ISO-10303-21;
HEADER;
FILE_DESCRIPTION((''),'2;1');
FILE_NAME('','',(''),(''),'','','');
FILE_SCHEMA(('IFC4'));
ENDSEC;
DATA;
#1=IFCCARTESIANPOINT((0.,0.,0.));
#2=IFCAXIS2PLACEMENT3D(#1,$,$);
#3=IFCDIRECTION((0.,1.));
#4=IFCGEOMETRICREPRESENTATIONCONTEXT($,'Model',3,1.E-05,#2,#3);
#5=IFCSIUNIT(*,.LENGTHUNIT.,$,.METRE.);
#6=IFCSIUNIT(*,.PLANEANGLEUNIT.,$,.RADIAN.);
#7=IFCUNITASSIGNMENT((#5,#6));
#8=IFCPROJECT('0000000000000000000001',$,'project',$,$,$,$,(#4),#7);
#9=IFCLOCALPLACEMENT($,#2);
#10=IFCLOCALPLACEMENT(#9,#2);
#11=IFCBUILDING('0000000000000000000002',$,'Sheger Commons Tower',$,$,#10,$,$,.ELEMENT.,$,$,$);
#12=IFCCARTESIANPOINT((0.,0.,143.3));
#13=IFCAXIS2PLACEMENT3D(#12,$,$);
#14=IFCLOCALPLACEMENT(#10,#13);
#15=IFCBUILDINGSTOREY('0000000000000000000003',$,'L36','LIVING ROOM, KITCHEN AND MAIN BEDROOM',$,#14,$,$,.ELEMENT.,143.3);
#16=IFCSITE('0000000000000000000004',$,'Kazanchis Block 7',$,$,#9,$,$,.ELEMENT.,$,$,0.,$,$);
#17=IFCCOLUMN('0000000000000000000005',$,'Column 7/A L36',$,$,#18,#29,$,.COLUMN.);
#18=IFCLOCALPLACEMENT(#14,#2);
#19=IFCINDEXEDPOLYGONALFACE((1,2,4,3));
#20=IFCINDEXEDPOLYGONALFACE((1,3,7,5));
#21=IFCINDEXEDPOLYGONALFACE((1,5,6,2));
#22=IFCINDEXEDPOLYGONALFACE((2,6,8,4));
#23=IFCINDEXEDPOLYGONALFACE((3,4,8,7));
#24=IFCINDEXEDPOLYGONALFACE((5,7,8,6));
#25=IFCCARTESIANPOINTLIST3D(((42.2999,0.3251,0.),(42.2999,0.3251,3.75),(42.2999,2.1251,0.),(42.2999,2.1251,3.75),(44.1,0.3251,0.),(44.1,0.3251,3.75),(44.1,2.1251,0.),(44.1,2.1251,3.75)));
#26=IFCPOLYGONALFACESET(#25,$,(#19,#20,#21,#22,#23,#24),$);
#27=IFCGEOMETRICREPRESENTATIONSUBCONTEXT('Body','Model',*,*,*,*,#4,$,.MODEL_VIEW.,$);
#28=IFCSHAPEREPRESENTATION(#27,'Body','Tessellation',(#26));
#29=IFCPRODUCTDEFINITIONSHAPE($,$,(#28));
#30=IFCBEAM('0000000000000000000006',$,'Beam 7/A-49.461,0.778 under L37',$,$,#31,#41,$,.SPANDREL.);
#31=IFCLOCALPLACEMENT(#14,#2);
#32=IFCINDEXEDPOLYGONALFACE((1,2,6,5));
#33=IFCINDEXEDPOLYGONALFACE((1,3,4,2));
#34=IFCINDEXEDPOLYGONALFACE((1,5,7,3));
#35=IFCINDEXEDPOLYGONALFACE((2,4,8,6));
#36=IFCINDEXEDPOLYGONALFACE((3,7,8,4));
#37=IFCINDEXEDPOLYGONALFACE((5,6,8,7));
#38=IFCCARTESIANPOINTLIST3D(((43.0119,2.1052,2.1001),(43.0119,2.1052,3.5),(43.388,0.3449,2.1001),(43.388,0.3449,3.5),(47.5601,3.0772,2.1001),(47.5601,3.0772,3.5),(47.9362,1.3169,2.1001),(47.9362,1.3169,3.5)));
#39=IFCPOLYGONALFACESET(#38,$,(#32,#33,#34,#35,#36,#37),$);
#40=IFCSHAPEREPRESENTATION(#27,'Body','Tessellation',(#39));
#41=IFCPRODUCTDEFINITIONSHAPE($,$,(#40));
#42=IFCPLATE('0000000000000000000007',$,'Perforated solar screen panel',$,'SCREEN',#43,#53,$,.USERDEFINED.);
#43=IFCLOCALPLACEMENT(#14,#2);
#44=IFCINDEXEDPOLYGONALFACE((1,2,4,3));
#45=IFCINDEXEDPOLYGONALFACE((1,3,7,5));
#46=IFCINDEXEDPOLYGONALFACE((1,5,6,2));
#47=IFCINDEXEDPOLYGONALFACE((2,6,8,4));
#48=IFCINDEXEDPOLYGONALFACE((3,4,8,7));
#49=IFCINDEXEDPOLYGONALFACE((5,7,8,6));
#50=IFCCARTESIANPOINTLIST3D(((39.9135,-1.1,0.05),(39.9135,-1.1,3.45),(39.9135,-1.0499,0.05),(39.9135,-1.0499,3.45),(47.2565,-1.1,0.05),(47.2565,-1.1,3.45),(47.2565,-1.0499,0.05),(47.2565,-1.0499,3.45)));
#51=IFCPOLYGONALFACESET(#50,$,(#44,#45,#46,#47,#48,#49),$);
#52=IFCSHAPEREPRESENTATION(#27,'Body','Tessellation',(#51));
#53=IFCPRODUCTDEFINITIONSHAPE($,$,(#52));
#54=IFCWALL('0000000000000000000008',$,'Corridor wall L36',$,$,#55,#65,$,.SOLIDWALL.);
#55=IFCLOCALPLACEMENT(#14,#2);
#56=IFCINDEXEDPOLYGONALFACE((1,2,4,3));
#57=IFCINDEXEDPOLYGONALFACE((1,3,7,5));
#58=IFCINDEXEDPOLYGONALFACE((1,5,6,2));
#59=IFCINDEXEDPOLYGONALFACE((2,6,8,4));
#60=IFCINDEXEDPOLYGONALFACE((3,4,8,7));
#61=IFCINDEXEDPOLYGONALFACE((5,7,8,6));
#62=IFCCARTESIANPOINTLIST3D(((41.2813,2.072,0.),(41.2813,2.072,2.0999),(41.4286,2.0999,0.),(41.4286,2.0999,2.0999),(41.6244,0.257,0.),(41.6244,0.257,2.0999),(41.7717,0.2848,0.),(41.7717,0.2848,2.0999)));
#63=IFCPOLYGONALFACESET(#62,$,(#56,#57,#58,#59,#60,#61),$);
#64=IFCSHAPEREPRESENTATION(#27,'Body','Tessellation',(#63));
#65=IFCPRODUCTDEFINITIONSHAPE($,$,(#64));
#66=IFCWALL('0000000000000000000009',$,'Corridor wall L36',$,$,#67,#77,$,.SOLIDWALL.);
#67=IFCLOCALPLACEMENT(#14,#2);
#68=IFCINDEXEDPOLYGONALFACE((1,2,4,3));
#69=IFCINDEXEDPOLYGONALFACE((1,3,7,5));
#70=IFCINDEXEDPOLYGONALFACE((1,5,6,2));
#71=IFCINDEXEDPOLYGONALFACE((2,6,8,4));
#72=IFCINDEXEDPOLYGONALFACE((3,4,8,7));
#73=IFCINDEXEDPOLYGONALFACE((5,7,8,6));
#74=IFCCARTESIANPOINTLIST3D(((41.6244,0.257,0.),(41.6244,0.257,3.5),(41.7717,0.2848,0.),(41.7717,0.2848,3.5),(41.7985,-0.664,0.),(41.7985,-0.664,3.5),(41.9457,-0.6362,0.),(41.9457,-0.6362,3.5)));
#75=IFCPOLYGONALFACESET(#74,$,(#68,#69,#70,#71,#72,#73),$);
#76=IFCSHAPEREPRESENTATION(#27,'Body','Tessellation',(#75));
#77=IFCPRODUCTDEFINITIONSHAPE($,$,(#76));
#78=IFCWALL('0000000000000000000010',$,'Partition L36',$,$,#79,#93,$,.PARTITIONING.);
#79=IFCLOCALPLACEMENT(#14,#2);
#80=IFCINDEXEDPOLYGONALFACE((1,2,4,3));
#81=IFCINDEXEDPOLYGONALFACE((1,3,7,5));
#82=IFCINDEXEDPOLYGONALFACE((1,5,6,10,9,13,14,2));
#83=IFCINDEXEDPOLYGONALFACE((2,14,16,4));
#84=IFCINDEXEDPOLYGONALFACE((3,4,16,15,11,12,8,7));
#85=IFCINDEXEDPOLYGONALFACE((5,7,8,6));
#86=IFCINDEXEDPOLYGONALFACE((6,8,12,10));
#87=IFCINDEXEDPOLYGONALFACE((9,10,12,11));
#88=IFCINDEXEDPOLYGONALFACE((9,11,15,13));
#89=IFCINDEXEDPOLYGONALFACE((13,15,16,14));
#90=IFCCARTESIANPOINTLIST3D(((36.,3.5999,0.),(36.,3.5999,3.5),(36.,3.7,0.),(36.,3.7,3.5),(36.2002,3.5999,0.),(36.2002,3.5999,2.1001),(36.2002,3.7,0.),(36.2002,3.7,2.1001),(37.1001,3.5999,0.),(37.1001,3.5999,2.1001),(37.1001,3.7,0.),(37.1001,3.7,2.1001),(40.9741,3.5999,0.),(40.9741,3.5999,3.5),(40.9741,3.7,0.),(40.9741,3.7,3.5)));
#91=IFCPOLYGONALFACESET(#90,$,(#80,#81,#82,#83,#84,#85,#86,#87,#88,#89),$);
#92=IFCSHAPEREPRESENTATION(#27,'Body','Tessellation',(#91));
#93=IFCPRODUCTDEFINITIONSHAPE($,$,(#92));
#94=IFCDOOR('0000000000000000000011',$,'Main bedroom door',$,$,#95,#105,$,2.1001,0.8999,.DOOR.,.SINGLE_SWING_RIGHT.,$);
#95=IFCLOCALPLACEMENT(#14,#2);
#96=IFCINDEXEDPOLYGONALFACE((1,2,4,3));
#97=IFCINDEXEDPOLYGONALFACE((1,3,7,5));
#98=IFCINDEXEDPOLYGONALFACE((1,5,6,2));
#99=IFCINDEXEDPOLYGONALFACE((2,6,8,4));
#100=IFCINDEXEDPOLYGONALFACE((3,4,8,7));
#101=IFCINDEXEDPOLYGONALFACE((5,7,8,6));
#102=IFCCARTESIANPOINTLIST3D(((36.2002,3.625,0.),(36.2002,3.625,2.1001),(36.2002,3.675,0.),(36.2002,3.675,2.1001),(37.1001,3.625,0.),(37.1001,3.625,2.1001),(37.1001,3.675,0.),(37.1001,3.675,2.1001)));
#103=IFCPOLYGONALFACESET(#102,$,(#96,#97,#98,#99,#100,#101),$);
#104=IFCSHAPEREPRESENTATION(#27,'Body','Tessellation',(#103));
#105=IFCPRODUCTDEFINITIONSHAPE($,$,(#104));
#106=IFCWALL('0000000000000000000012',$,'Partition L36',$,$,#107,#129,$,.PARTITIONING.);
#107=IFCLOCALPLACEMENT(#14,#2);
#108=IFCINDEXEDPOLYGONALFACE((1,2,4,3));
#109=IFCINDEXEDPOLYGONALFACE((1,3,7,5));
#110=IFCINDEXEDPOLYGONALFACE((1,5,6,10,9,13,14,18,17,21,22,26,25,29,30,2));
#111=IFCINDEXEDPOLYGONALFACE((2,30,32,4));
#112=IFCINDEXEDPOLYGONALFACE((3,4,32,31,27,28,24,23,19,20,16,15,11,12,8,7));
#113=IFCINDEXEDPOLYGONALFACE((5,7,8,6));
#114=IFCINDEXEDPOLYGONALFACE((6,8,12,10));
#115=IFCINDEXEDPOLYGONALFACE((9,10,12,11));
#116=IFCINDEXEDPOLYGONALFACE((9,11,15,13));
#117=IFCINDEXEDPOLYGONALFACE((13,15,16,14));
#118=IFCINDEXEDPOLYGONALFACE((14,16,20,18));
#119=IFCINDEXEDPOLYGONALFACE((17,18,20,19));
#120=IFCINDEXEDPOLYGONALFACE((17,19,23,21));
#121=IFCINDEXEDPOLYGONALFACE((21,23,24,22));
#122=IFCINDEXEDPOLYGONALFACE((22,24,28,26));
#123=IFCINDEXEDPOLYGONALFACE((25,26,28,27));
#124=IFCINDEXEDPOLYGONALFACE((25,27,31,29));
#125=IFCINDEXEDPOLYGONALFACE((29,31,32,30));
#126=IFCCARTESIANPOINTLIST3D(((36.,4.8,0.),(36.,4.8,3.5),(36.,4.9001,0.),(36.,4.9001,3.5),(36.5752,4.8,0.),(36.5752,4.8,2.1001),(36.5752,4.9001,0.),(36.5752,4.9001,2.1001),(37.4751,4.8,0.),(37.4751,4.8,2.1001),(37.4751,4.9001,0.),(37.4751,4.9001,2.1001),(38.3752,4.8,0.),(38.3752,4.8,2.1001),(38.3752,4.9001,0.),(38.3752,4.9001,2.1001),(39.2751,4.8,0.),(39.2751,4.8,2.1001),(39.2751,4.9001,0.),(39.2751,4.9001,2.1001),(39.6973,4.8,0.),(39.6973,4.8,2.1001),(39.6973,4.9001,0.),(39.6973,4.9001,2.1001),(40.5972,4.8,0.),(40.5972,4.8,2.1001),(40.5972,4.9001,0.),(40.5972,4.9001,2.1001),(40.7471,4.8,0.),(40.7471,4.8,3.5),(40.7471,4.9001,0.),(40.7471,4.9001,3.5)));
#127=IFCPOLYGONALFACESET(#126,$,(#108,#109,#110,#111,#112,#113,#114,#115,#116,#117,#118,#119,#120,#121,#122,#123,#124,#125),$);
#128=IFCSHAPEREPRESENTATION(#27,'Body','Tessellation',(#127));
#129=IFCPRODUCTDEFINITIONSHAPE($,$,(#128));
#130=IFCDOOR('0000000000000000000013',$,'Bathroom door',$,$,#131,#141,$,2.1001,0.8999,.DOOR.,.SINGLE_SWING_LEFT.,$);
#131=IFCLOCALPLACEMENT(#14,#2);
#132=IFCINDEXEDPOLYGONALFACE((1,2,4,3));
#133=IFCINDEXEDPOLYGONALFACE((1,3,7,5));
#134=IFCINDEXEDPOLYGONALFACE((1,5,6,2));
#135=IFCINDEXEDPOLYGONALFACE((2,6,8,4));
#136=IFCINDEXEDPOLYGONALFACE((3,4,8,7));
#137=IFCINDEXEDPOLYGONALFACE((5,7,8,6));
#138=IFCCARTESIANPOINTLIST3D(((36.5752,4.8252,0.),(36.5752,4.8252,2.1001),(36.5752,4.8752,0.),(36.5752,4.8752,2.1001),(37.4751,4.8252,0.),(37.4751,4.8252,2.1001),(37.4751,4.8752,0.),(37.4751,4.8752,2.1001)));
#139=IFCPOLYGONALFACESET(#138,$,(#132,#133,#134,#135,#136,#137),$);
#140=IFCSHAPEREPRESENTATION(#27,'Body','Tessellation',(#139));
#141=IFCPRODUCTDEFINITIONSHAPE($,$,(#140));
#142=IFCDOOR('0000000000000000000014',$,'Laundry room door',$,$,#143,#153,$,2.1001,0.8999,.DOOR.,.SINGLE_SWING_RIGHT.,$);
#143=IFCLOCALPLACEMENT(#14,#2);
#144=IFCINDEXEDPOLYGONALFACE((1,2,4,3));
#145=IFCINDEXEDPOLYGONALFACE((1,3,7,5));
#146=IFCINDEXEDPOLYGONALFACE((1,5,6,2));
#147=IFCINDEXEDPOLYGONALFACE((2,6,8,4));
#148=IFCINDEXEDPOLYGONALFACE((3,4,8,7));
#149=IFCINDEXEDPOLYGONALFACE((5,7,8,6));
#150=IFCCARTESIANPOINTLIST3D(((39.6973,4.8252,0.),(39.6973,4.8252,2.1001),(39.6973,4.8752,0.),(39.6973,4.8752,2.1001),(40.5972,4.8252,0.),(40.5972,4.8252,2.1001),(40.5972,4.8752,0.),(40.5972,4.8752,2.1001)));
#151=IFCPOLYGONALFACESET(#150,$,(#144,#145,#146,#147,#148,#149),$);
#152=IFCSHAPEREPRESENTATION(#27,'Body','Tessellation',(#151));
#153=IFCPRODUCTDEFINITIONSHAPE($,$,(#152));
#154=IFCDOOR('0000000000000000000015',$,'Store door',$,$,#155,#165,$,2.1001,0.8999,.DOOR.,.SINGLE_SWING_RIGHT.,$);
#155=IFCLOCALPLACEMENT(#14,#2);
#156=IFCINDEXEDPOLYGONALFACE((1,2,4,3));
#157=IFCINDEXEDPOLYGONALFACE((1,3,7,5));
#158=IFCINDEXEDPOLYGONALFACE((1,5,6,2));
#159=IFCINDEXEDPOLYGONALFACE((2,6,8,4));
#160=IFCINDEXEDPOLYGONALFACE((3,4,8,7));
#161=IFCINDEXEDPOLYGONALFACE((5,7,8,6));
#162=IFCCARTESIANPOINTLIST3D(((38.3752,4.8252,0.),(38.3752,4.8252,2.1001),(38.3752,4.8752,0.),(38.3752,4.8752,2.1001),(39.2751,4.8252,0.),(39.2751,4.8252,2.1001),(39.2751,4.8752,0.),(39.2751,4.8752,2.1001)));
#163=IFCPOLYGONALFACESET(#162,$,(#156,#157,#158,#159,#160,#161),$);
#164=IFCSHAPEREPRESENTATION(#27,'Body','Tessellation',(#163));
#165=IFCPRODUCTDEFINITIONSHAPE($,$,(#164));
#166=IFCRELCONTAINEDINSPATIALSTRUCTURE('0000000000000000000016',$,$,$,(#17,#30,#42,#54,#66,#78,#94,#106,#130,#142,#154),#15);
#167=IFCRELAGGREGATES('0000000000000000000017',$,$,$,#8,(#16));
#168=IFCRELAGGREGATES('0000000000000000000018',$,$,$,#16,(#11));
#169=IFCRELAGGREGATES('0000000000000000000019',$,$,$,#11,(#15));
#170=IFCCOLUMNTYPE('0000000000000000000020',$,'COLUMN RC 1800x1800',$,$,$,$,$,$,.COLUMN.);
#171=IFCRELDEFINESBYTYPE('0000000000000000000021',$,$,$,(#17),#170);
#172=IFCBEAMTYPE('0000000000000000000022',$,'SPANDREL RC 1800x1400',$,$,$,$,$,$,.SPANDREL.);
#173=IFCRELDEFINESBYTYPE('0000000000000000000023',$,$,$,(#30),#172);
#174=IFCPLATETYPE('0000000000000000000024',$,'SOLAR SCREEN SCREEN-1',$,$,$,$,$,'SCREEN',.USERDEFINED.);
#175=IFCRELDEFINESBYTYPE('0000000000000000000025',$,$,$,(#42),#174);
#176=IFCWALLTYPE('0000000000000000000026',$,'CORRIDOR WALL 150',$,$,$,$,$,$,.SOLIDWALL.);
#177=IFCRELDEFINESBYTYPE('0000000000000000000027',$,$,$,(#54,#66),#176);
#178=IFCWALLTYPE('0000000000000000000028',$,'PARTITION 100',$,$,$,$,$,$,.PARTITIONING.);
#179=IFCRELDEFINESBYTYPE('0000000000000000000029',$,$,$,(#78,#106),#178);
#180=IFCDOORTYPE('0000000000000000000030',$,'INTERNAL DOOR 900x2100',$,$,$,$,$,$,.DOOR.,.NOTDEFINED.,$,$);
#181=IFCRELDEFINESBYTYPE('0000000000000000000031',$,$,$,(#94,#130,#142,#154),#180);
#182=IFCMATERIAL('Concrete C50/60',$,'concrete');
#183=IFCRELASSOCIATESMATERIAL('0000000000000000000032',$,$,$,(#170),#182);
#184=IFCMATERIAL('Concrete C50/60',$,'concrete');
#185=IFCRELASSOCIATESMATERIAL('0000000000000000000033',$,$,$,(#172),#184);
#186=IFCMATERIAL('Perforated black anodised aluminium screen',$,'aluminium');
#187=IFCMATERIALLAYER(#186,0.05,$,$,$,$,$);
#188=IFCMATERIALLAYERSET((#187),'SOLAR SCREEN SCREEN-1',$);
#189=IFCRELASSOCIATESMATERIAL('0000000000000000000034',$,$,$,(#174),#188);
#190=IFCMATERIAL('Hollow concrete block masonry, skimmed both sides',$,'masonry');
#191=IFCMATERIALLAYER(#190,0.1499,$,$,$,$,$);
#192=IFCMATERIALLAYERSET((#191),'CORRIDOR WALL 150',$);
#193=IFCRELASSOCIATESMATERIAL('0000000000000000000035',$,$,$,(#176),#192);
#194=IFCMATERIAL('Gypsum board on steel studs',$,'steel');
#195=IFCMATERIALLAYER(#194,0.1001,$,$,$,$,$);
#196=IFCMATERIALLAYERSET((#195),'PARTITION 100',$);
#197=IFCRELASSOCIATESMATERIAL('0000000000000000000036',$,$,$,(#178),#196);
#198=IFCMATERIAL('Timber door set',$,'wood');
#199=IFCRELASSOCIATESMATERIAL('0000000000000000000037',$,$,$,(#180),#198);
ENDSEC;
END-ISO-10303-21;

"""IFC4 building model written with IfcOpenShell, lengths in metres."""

from ifc_helpers import new_model, si_unit, direction, frame, frame_2d, origin, origin_2d, place, context, subcontext, project, spatial, rectangle, extrude, material, layer, layer_set, material_profile, profile_set, type_object, element, fill, save


model = new_model("IFC4")

# Units and contexts
model_context = context("Model", 3, precision=1e-05, world=origin(), true_north=direction((0.0, 1.0)))
body_context = subcontext(model_context, "Body", "Model", "MODEL_VIEW")
ifc_project = project(units=[si_unit("LENGTHUNIT", "METRE"), si_unit("PLANEANGLEUNIT", "RADIAN")], contexts=[model_context])

# Site, building, storey
site_placement = place(None, origin())
site = spatial("IfcSite", under=ifc_project, at=site_placement, Name="Kazanchis Block 7", CompositionType="ELEMENT", RefElevation=0.0)
building_placement = place(site_placement, origin())
building = spatial("IfcBuilding", under=site, at=building_placement, Name="Sheger Commons Tower", CompositionType="ELEMENT")
storey_placement = place(building_placement, frame((0.0, 0.0, 143.3)))
storey = spatial("IfcBuildingStorey", under=building, at=storey_placement, Name="L36", Description="LIVING ROOM, KITCHEN AND MAIN BEDROOM", CompositionType="ELEMENT", Elevation=143.3)

# Column
ifc_material_1 = material(Name="Concrete C50/60", Category="concrete")
ifc_material_profile_1 = material_profile(ifc_material_1, rectangle(XDim=1.8, YDim=1.8, at=origin_2d()), Name="RC 1800x1800")
ifc_profile_set_1 = profile_set([ifc_material_profile_1], Name="Concrete C50/60")
column_type = type_object("IfcColumnType", Name="COLUMN RC 1800x1800", PredefinedType="COLUMN", material=ifc_profile_set_1)
column_placement = place(storey_placement, frame((43.2, 1.2251, 0.0), z_axis=(0.0, 0.0, 1.0), x_axis=(1.0, 0.0, 0.0)))
element("IfcColumn", 1, at=column_placement, inside=storey, type_object=column_type, Name="Column 7/A L36", PredefinedType="COLUMN", context=body_context, shape_type="SweptSolid", body=[
    extrude(rectangle(XDim=1.8, YDim=1.8, at=origin_2d()), origin(), (0.0, 0.0, 1.0), 3.75),
])

# Beam
ifc_material_2 = material(Name="Concrete C50/60", Category="concrete")
ifc_material_profile_2 = material_profile(ifc_material_2, rectangle(XDim=1.8, YDim=1.3999, at=origin_2d()), Name="RC 1800x1400")
ifc_profile_set_2 = profile_set([ifc_material_profile_2], Name="Concrete C50/60")
beam_type = type_object("IfcBeamType", Name="SPANDREL RC 1800x1400", PredefinedType="SPANDREL", material=ifc_profile_set_2)
beam_placement = place(storey_placement, frame((43.2, 1.2251, 2.8), z_axis=(0.97792, 0.208981, 0.0), x_axis=(-0.208981, 0.97792, 0.0)))
element("IfcBeam", 2, at=beam_placement, inside=storey, type_object=beam_type, Name="Beam 7/A-49.461,0.778 under L37", PredefinedType="SPANDREL", context=body_context, shape_type="SweptSolid", body=[
    extrude(rectangle(XDim=1.8, YDim=1.3999, at=origin_2d()), origin(), (0.0, 0.0, 1.0), 4.6509),
])

# Plate
ifc_material_3 = material(Name="Perforated black anodised aluminium screen", Category="aluminium")
ifc_layer_1 = layer(ifc_material_3, 0.05)
ifc_layer_set_1 = layer_set([ifc_layer_1], Name="SOLAR SCREEN SCREEN-1")
plate_type = type_object("IfcPlateType", Name="SOLAR SCREEN SCREEN-1", ElementType="SCREEN", PredefinedType="USERDEFINED", material=ifc_layer_set_1)
plate_placement = place(storey_placement, frame((43.585, -1.075, 0.05), z_axis=(0.0, 0.0, 1.0), x_axis=(1.0, 0.0, 0.0)))
element("IfcPlate", 3, at=plate_placement, inside=storey, type_object=plate_type, Name="Perforated solar screen panel", ObjectType="SCREEN", PredefinedType="USERDEFINED", context=body_context, shape_type="SweptSolid", body=[
    extrude(rectangle(XDim=7.343, YDim=0.05, at=origin_2d()), origin(), (0.0, 0.0, 1.0), 3.3999),
])

# Walls
ifc_material_4 = material(Name="Hollow concrete block masonry, skimmed both sides", Category="masonry")
ifc_layer_2 = layer(ifc_material_4, 0.1499)
ifc_layer_set_2 = layer_set([ifc_layer_2], Name="CORRIDOR WALL 150")
wall_type_1 = type_object("IfcWallType", Name="CORRIDOR WALL 150", PredefinedType="SOLIDWALL", material=ifc_layer_set_2)
wall_1_placement = place(storey_placement, frame((41.355, 2.0859, 0.0), z_axis=(0.0, 0.0, 1.0), x_axis=(0.185709, -0.982605, 0.0)))
element("IfcWall", 4, at=wall_1_placement, inside=storey, type_object=wall_type_1, Name="Corridor wall L36", PredefinedType="SOLIDWALL", context=body_context, shape_type="SweptSolid", body=[
    extrude(rectangle(XDim=1.8472, YDim=0.1499, at=frame_2d((0.9236, 0.0))), origin(), (0.0, 0.0, 1.0), 2.0999),
])
wall_2_placement = place(storey_placement, frame((41.698, 0.271, 0.0), z_axis=(0.0, 0.0, 1.0), x_axis=(0.185735, -0.9826, 0.0)))
element("IfcWall", 5, at=wall_2_placement, inside=storey, type_object=wall_type_1, Name="Corridor wall L36", PredefinedType="SOLIDWALL", context=body_context, shape_type="SweptSolid", body=[
    extrude(rectangle(XDim=0.9373, YDim=0.1499, at=frame_2d((0.4688, 0.0))), origin(), (0.0, 0.0, 1.0), 3.5),
])

# Wall, opening, door
ifc_material_5 = material(Name="Gypsum board on steel studs", Category="steel")
ifc_layer_3 = layer(ifc_material_5, 0.1001)
ifc_layer_set_3 = layer_set([ifc_layer_3], Name="PARTITION 100")
wall_type_2 = type_object("IfcWallType", Name="PARTITION 100", PredefinedType="PARTITIONING", material=ifc_layer_set_3)
wall_3_placement = place(storey_placement, frame((40.9741, 3.6499, 0.0), z_axis=(0.0, 0.0, 1.0), x_axis=(-1.0, 0.0, 0.0)))
wall_3 = element("IfcWall", 6, at=wall_3_placement, inside=storey, type_object=wall_type_2, Name="Partition L36", PredefinedType="PARTITIONING", context=body_context, shape_type="SweptSolid", body=[
    extrude(rectangle(XDim=4.9741, YDim=0.1001, at=frame_2d((2.4871, 0.0))), origin(), (0.0, 0.0, 1.0), 3.5),
])
opening_1_placement = place(wall_3_placement, frame((3.874, 0.0, 0.0)))
opening_1 = element("IfcOpeningElement", 7, at=opening_1_placement, cuts=wall_3, PredefinedType="OPENING", context=body_context, shape_type="SweptSolid", body=[
    extrude(rectangle(XDim=0.8999, YDim=2.1001, at=frame_2d((0.45, 1.05))), frame((0.0, 0.0601, 0.0), z_axis=(0.0, -1.0, 0.0), x_axis=(1.0, 0.0, 0.0)), (0.0, 0.0, 1.0), 0.1201),
])
ifc_material_6 = material(Name="Timber door set", Category="wood")
door_type = type_object("IfcDoorType", Name="INTERNAL DOOR 900x2100", OperationType="NOTDEFINED", PredefinedType="DOOR", material=ifc_material_6)
door_1_placement = place(opening_1_placement, origin())
door_1 = element("IfcDoor", 8, at=door_1_placement, inside=storey, type_object=door_type, Name="Main bedroom door", OperationType="SINGLE_SWING_RIGHT", OverallHeight=2.1001, OverallWidth=0.8999, PredefinedType="DOOR", context=body_context, shape_type="SweptSolid", body=[
    extrude(rectangle(XDim=0.8999, YDim=2.1001, at=frame_2d((0.45, 1.05))), frame((0.0, 0.0249, 0.0), z_axis=(0.0, -1.0, 0.0), x_axis=(1.0, 0.0, 0.0)), (0.0, 0.0, 1.0), 0.05),
])
fill(opening_1, door_1)

# Wall, openings, doors
wall_4_placement = place(storey_placement, frame((40.7471, 4.8501, 0.0), z_axis=(0.0, 0.0, 1.0), x_axis=(-1.0, 0.0, 0.0)))
wall_4 = element("IfcWall", 9, at=wall_4_placement, inside=storey, type_object=wall_type_2, Name="Partition L36", PredefinedType="PARTITIONING", context=body_context, shape_type="SweptSolid", body=[
    extrude(rectangle(XDim=4.7471, YDim=0.1001, at=frame_2d((2.3735, 0.0))), origin(), (0.0, 0.0, 1.0), 3.5),
])
opening_2_placement = place(wall_4_placement, frame((3.272, 0.0, 0.0)))
opening_2 = element("IfcOpeningElement", 10, at=opening_2_placement, cuts=wall_4, PredefinedType="OPENING", context=body_context, shape_type="SweptSolid", body=[
    extrude(rectangle(XDim=0.8999, YDim=2.1001, at=frame_2d((0.45, 1.05))), frame((0.0, 0.0601, 0.0), z_axis=(0.0, -1.0, 0.0), x_axis=(1.0, 0.0, 0.0)), (0.0, 0.0, 1.0), 0.1201),
])
opening_3_placement = place(wall_4_placement, frame((0.1499, 0.0, 0.0)))
opening_3 = element("IfcOpeningElement", 11, at=opening_3_placement, cuts=wall_4, PredefinedType="OPENING", context=body_context, shape_type="SweptSolid", body=[
    extrude(rectangle(XDim=0.8999, YDim=2.1001, at=frame_2d((0.45, 1.05))), frame((0.0, 0.0601, 0.0), z_axis=(0.0, -1.0, 0.0), x_axis=(1.0, 0.0, 0.0)), (0.0, 0.0, 1.0), 0.1201),
])
opening_4_placement = place(wall_4_placement, frame((1.4719, 0.0, 0.0)))
opening_4 = element("IfcOpeningElement", 12, at=opening_4_placement, cuts=wall_4, PredefinedType="OPENING", context=body_context, shape_type="SweptSolid", body=[
    extrude(rectangle(XDim=0.8999, YDim=2.1001, at=frame_2d((0.45, 1.05))), frame((0.0, 0.0601, 0.0), z_axis=(0.0, -1.0, 0.0), x_axis=(1.0, 0.0, 0.0)), (0.0, 0.0, 1.0), 0.1201),
])
door_2_placement = place(opening_2_placement, origin())
door_2 = element("IfcDoor", 13, at=door_2_placement, inside=storey, type_object=door_type, Name="Bathroom door", OperationType="SINGLE_SWING_LEFT", OverallHeight=2.1001, OverallWidth=0.8999, PredefinedType="DOOR", context=body_context, shape_type="SweptSolid", body=[
    extrude(rectangle(XDim=0.8999, YDim=2.1001, at=frame_2d((0.45, 1.05))), frame((0.0, 0.0249, 0.0), z_axis=(0.0, -1.0, 0.0), x_axis=(1.0, 0.0, 0.0)), (0.0, 0.0, 1.0), 0.05),
])
fill(opening_2, door_2)
door_3_placement = place(opening_3_placement, origin())
door_3 = element("IfcDoor", 14, at=door_3_placement, inside=storey, type_object=door_type, Name="Laundry room door", OperationType="SINGLE_SWING_RIGHT", OverallHeight=2.1001, OverallWidth=0.8999, PredefinedType="DOOR", context=body_context, shape_type="SweptSolid", body=[
    extrude(rectangle(XDim=0.8999, YDim=2.1001, at=frame_2d((0.45, 1.05))), frame((0.0, 0.0249, 0.0), z_axis=(0.0, -1.0, 0.0), x_axis=(1.0, 0.0, 0.0)), (0.0, 0.0, 1.0), 0.05),
])
fill(opening_3, door_3)
door_4_placement = place(opening_4_placement, origin())
door_4 = element("IfcDoor", 15, at=door_4_placement, inside=storey, type_object=door_type, Name="Store door", OperationType="SINGLE_SWING_RIGHT", OverallHeight=2.1001, OverallWidth=0.8999, PredefinedType="DOOR", context=body_context, shape_type="SweptSolid", body=[
    extrude(rectangle(XDim=0.8999, YDim=2.1001, at=frame_2d((0.45, 1.05))), frame((0.0, 0.0249, 0.0), z_axis=(0.0, -1.0, 0.0), x_axis=(1.0, 0.0, 0.0)), (0.0, 0.0, 1.0), 0.05),
])
fill(opening_4, door_4)

save(model, "model.ifc")
